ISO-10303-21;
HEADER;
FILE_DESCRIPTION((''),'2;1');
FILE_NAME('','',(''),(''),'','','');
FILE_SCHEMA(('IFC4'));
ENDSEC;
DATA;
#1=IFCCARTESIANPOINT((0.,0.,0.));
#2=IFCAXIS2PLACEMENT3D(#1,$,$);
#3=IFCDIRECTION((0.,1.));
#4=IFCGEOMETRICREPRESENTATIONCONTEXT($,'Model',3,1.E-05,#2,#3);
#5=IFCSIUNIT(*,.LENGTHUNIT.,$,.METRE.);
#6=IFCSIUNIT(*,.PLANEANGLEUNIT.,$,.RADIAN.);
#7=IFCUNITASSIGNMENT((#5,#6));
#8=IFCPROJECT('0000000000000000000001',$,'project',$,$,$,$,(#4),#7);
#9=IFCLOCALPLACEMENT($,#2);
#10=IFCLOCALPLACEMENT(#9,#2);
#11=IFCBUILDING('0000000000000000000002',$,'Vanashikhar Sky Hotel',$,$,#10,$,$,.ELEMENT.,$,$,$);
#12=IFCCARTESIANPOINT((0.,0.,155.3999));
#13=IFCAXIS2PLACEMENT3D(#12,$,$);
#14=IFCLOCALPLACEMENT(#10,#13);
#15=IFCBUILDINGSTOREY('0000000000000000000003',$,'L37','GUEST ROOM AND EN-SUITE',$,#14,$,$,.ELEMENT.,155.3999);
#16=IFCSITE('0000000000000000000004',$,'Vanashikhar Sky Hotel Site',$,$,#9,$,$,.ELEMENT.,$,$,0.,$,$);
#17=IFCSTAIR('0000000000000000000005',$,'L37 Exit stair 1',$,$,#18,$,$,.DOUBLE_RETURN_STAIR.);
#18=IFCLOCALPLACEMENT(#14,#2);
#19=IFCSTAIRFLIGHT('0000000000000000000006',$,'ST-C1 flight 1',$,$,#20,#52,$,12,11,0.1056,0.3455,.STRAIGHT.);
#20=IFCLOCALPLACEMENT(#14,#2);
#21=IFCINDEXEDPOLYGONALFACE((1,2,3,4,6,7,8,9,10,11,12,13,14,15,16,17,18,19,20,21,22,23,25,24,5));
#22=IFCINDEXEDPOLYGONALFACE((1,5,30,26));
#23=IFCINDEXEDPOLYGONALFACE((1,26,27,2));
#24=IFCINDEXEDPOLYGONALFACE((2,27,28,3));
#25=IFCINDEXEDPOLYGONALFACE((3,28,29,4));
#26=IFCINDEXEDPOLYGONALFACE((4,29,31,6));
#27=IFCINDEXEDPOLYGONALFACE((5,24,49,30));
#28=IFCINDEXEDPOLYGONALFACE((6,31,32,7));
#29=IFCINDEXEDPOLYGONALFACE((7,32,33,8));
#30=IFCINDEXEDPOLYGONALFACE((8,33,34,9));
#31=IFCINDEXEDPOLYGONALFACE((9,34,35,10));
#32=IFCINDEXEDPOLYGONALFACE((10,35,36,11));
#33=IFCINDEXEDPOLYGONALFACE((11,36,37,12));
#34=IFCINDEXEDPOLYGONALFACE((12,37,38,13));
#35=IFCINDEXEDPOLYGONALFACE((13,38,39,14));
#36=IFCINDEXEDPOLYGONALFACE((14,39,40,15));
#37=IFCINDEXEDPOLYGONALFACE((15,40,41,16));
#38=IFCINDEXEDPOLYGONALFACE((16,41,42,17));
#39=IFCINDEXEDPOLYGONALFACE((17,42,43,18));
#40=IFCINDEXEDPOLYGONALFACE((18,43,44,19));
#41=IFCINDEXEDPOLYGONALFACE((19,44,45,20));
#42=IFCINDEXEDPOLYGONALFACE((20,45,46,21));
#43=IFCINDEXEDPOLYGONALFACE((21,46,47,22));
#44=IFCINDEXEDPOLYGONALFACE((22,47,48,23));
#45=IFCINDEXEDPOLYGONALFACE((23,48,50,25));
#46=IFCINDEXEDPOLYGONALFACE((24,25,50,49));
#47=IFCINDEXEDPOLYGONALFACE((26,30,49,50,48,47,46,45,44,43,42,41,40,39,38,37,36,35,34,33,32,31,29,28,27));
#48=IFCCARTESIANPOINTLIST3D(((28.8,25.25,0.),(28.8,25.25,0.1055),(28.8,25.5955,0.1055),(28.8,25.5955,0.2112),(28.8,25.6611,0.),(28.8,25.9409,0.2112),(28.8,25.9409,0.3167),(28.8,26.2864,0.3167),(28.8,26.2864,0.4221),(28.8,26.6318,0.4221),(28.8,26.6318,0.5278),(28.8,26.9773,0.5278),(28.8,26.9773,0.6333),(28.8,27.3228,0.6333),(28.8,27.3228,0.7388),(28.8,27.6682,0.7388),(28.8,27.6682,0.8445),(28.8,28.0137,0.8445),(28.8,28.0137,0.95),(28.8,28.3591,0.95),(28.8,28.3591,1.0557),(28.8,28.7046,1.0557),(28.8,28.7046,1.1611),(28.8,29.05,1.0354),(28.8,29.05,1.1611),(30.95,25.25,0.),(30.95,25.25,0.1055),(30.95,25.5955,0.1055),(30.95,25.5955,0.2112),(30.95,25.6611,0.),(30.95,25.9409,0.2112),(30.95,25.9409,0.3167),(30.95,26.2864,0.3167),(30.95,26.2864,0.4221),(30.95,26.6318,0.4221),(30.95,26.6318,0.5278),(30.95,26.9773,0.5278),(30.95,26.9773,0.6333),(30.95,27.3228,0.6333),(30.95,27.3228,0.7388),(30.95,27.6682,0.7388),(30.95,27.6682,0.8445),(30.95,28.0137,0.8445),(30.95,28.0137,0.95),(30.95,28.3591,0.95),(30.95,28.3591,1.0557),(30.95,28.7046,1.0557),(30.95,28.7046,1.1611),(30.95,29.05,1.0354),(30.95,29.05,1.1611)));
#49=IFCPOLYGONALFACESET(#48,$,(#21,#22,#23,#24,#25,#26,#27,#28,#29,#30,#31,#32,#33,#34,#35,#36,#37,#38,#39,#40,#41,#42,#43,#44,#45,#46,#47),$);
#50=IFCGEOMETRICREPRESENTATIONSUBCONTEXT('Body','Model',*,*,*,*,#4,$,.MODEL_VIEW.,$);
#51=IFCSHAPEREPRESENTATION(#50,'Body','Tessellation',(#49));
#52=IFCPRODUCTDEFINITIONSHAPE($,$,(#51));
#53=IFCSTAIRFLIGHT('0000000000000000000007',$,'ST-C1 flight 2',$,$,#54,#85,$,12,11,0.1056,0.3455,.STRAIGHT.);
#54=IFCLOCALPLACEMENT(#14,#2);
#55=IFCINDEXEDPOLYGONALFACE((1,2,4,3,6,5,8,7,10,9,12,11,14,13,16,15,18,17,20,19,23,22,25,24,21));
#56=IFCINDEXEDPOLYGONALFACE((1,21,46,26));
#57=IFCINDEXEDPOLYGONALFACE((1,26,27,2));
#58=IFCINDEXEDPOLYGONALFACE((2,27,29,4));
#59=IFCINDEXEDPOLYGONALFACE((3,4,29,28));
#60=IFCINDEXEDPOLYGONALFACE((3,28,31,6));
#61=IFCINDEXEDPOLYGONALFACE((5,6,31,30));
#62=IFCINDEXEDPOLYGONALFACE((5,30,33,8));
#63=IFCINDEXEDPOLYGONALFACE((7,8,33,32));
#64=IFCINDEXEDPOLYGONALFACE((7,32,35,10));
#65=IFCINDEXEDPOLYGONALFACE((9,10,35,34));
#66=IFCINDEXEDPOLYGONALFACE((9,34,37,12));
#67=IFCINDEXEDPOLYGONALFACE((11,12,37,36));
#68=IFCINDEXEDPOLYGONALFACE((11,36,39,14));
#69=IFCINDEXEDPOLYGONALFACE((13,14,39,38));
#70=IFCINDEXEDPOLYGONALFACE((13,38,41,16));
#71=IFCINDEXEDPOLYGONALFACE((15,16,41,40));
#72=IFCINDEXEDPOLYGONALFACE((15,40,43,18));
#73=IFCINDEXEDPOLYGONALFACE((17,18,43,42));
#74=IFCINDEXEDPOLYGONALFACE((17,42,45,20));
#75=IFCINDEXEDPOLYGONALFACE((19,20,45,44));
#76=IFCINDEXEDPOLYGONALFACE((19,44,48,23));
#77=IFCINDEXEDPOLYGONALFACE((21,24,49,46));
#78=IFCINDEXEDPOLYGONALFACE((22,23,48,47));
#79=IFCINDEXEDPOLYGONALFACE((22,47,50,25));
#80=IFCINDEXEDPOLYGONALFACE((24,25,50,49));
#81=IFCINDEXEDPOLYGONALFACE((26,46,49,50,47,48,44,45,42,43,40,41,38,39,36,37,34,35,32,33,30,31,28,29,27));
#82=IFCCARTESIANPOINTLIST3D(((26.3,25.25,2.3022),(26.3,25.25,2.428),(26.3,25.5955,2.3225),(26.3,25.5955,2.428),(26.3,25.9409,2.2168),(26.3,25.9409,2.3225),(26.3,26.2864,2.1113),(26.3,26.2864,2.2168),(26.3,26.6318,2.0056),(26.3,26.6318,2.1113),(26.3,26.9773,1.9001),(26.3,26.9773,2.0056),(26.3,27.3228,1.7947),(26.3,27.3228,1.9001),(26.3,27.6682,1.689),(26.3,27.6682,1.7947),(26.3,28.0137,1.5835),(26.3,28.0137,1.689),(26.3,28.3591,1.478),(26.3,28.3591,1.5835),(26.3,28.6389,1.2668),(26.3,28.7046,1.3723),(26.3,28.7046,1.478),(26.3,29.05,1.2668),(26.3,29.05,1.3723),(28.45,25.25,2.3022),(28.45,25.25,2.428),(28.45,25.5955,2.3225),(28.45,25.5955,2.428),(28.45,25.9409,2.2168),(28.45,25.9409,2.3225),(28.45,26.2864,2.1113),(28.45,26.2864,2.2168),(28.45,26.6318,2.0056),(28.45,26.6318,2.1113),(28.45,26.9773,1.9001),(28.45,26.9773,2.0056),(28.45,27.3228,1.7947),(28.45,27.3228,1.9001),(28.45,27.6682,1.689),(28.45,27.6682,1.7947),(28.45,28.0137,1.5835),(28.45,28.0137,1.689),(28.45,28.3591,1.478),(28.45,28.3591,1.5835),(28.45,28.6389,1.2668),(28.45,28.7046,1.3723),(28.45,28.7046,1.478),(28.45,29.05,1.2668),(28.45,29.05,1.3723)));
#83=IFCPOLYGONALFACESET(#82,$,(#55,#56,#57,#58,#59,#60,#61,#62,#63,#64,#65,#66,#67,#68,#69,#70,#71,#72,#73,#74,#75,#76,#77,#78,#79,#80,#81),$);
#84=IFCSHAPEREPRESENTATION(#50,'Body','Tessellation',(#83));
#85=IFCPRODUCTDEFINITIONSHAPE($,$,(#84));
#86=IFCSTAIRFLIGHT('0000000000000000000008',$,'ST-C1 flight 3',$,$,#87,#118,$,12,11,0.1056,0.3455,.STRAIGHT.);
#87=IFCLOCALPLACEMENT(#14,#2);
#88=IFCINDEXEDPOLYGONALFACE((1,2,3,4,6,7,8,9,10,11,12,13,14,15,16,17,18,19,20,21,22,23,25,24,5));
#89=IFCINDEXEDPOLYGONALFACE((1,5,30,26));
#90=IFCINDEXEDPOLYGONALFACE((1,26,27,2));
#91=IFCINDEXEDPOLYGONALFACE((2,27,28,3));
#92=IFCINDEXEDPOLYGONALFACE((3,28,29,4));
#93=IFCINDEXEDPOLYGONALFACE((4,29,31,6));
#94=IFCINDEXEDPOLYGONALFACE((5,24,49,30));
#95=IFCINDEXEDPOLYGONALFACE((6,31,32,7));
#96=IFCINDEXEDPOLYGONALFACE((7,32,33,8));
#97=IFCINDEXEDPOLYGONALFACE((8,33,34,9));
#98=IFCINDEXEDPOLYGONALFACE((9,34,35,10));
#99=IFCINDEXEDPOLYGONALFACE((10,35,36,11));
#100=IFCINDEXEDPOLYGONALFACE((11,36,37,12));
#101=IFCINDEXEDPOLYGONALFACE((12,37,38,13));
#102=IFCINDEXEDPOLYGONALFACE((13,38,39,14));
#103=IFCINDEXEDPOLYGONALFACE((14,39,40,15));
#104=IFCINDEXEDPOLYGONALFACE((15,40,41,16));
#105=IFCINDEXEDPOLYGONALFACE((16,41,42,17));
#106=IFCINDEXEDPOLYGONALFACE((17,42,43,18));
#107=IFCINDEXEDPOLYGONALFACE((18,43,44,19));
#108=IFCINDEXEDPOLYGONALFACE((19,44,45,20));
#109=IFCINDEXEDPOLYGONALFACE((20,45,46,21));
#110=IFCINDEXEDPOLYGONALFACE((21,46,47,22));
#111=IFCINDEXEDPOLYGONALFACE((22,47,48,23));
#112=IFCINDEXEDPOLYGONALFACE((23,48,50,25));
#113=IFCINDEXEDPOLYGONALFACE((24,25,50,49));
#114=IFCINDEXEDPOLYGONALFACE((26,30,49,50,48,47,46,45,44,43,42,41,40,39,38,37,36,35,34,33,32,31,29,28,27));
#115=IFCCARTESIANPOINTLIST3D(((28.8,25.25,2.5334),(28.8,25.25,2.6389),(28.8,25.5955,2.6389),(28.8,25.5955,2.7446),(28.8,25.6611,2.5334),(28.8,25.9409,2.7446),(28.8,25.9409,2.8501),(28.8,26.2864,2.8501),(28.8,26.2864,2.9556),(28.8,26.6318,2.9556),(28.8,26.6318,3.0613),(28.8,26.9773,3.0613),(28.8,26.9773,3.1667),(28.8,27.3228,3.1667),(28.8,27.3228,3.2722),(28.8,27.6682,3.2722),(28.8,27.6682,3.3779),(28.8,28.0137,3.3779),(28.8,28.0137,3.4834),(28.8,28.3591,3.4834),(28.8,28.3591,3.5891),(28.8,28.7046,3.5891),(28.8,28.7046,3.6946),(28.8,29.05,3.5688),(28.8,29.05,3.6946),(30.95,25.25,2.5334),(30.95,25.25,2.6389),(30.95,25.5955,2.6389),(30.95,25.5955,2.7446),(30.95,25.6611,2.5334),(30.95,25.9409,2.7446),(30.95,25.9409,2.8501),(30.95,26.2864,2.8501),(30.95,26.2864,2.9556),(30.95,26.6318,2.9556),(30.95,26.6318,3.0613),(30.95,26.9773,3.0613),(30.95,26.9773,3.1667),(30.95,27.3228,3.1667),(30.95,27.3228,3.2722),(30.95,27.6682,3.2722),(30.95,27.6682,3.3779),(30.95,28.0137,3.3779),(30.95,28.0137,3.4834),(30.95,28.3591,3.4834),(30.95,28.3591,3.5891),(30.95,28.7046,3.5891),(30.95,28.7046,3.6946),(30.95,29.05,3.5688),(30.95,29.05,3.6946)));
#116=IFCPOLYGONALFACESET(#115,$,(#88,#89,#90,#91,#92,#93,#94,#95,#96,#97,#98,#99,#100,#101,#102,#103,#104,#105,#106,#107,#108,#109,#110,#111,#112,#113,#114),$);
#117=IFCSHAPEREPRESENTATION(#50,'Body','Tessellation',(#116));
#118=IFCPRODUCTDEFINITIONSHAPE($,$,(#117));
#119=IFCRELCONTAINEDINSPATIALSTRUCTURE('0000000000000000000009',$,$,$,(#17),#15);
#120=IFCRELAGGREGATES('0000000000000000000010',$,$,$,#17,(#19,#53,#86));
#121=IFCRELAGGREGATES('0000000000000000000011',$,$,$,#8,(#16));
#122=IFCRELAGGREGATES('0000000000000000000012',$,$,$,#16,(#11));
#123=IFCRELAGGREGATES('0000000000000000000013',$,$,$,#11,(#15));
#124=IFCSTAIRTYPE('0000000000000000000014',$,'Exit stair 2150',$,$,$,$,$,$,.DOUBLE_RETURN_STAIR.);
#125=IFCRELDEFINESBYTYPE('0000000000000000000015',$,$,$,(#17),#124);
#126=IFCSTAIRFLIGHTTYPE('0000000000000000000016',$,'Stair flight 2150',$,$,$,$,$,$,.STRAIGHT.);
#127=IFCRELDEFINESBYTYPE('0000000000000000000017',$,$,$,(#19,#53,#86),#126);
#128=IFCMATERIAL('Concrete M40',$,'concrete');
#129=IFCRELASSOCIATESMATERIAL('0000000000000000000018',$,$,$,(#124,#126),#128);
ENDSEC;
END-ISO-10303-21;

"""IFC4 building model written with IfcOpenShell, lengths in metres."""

from ifc_helpers import new_model, si_unit, direction, frame, origin, place, context, subcontext, project, spatial, polyline, outline, extrude, source, transform, mapped, material, type_object, element, aggregate, save


model = new_model("IFC4")

# Units and contexts
model_context = context("Model", 3, precision=1e-05, world=origin(), true_north=direction((0.0, 1.0)))
body_context = subcontext(model_context, "Body", "Model", "MODEL_VIEW")
ifc_project = project(units=[si_unit("LENGTHUNIT", "METRE"), si_unit("PLANEANGLEUNIT", "RADIAN")], contexts=[model_context])

# Site, building, storey
site_placement = place(None, origin())
site = spatial("IfcSite", under=ifc_project, at=site_placement, Name="Vanashikhar Sky Hotel Site", CompositionType="ELEMENT", RefElevation=0.0)
building_placement = place(site_placement, origin())
building = spatial("IfcBuilding", under=site, at=building_placement, Name="Vanashikhar Sky Hotel", CompositionType="ELEMENT")
storey_placement = place(building_placement, frame((0.0, 0.0, 155.3999)))
storey = spatial("IfcBuildingStorey", under=building, at=storey_placement, Name="L37", Description="GUEST ROOM AND EN-SUITE", CompositionType="ELEMENT", Elevation=155.3999)

# Shared definitions
ifc_material_1 = material(Name="Concrete M40", Category="concrete")

# Stair, stair flights
stair_type = type_object("IfcStairType", Name="Exit stair 2150", PredefinedType="DOUBLE_RETURN_STAIR", material=ifc_material_1)
stair_placement = place(storey_placement, origin())
stair = element("IfcStair", 1, at=stair_placement, inside=storey, type_object=stair_type, Name="L37 Exit stair 1", PredefinedType="DOUBLE_RETURN_STAIR")
stair_flight_type = type_object("IfcStairFlightType", Name="Stair flight 2150", PredefinedType="STRAIGHT", material=ifc_material_1)
shared_shape_1 = source(origin(), body_context, "Body", "SweptSolid", [
    extrude(outline(polyline([(0.0, 0.0), (0.0, 0.1055), (0.3455, 0.1055), (0.3455, 0.2112), (0.6909, 0.2112), (0.6909, 0.3167), (1.0364, 0.3167), (1.0364, 0.4221), (1.3818, 0.4221), (1.3818, 0.5278), (1.7273, 0.5278), (1.7273, 0.6333), (2.0728, 0.6333), (2.0728, 0.7388), (2.4182, 0.7388), (2.4182, 0.8445), (2.7637, 0.8445), (2.7637, 0.95), (3.1091, 0.95), (3.1091, 1.0557), (3.4546, 1.0557), (3.4546, 1.1611), (3.8, 1.1611), (3.8, 1.2666), (3.8, 1.0354), (0.4111, 0.0), (0.0, 0.0)])), frame((0.0, 1.075, 0.0), z_axis=(0.0, -1.0, 0.0), x_axis=(1.0, 0.0, 0.0)), (0.0, 0.0, 1.0), 2.1499),
])
stair_flight_1_placement = place(storey_placement, frame((29.875, 25.25, 0.0), z_axis=(0.0, 0.0, 1.0), x_axis=(0.0, 1.0, 0.0)))
stair_flight_1 = element("IfcStairFlight", 2, at=stair_flight_1_placement, type_object=stair_flight_type, Name="ST-C1 flight 1", NumberOfRisers=12, NumberOfTreads=11, PredefinedType="STRAIGHT", RiserHeight=0.1056, TreadLength=0.3455, context=body_context, shape_type="MappedRepresentation", body=[
    mapped(shared_shape_1, transform((0.0, 0.0, 0.0), scale=1.0)),
])
stair_flight_2_placement = place(storey_placement, frame((27.375, 29.05, 1.2668), z_axis=(0.0, 0.0, 1.0), x_axis=(0.0, -1.0, 0.0)))
stair_flight_2 = element("IfcStairFlight", 3, at=stair_flight_2_placement, type_object=stair_flight_type, Name="ST-C1 flight 2", NumberOfRisers=12, NumberOfTreads=11, PredefinedType="STRAIGHT", RiserHeight=0.1056, TreadLength=0.3455, context=body_context, shape_type="MappedRepresentation", body=[
    mapped(shared_shape_1, transform((0.0, 0.0, 0.0), scale=1.0)),
])
stair_flight_3_placement = place(storey_placement, frame((29.875, 25.25, 2.5334), z_axis=(0.0, 0.0, 1.0), x_axis=(0.0, 1.0, 0.0)))
stair_flight_3 = element("IfcStairFlight", 4, at=stair_flight_3_placement, type_object=stair_flight_type, Name="ST-C1 flight 3", NumberOfRisers=12, NumberOfTreads=11, PredefinedType="STRAIGHT", RiserHeight=0.1056, TreadLength=0.3455, context=body_context, shape_type="MappedRepresentation", body=[
    mapped(shared_shape_1, transform((0.0, 0.0, 0.0), scale=1.0)),
])
aggregate(stair, [stair_flight_1, stair_flight_2, stair_flight_3])

save(model, "model.ifc")
